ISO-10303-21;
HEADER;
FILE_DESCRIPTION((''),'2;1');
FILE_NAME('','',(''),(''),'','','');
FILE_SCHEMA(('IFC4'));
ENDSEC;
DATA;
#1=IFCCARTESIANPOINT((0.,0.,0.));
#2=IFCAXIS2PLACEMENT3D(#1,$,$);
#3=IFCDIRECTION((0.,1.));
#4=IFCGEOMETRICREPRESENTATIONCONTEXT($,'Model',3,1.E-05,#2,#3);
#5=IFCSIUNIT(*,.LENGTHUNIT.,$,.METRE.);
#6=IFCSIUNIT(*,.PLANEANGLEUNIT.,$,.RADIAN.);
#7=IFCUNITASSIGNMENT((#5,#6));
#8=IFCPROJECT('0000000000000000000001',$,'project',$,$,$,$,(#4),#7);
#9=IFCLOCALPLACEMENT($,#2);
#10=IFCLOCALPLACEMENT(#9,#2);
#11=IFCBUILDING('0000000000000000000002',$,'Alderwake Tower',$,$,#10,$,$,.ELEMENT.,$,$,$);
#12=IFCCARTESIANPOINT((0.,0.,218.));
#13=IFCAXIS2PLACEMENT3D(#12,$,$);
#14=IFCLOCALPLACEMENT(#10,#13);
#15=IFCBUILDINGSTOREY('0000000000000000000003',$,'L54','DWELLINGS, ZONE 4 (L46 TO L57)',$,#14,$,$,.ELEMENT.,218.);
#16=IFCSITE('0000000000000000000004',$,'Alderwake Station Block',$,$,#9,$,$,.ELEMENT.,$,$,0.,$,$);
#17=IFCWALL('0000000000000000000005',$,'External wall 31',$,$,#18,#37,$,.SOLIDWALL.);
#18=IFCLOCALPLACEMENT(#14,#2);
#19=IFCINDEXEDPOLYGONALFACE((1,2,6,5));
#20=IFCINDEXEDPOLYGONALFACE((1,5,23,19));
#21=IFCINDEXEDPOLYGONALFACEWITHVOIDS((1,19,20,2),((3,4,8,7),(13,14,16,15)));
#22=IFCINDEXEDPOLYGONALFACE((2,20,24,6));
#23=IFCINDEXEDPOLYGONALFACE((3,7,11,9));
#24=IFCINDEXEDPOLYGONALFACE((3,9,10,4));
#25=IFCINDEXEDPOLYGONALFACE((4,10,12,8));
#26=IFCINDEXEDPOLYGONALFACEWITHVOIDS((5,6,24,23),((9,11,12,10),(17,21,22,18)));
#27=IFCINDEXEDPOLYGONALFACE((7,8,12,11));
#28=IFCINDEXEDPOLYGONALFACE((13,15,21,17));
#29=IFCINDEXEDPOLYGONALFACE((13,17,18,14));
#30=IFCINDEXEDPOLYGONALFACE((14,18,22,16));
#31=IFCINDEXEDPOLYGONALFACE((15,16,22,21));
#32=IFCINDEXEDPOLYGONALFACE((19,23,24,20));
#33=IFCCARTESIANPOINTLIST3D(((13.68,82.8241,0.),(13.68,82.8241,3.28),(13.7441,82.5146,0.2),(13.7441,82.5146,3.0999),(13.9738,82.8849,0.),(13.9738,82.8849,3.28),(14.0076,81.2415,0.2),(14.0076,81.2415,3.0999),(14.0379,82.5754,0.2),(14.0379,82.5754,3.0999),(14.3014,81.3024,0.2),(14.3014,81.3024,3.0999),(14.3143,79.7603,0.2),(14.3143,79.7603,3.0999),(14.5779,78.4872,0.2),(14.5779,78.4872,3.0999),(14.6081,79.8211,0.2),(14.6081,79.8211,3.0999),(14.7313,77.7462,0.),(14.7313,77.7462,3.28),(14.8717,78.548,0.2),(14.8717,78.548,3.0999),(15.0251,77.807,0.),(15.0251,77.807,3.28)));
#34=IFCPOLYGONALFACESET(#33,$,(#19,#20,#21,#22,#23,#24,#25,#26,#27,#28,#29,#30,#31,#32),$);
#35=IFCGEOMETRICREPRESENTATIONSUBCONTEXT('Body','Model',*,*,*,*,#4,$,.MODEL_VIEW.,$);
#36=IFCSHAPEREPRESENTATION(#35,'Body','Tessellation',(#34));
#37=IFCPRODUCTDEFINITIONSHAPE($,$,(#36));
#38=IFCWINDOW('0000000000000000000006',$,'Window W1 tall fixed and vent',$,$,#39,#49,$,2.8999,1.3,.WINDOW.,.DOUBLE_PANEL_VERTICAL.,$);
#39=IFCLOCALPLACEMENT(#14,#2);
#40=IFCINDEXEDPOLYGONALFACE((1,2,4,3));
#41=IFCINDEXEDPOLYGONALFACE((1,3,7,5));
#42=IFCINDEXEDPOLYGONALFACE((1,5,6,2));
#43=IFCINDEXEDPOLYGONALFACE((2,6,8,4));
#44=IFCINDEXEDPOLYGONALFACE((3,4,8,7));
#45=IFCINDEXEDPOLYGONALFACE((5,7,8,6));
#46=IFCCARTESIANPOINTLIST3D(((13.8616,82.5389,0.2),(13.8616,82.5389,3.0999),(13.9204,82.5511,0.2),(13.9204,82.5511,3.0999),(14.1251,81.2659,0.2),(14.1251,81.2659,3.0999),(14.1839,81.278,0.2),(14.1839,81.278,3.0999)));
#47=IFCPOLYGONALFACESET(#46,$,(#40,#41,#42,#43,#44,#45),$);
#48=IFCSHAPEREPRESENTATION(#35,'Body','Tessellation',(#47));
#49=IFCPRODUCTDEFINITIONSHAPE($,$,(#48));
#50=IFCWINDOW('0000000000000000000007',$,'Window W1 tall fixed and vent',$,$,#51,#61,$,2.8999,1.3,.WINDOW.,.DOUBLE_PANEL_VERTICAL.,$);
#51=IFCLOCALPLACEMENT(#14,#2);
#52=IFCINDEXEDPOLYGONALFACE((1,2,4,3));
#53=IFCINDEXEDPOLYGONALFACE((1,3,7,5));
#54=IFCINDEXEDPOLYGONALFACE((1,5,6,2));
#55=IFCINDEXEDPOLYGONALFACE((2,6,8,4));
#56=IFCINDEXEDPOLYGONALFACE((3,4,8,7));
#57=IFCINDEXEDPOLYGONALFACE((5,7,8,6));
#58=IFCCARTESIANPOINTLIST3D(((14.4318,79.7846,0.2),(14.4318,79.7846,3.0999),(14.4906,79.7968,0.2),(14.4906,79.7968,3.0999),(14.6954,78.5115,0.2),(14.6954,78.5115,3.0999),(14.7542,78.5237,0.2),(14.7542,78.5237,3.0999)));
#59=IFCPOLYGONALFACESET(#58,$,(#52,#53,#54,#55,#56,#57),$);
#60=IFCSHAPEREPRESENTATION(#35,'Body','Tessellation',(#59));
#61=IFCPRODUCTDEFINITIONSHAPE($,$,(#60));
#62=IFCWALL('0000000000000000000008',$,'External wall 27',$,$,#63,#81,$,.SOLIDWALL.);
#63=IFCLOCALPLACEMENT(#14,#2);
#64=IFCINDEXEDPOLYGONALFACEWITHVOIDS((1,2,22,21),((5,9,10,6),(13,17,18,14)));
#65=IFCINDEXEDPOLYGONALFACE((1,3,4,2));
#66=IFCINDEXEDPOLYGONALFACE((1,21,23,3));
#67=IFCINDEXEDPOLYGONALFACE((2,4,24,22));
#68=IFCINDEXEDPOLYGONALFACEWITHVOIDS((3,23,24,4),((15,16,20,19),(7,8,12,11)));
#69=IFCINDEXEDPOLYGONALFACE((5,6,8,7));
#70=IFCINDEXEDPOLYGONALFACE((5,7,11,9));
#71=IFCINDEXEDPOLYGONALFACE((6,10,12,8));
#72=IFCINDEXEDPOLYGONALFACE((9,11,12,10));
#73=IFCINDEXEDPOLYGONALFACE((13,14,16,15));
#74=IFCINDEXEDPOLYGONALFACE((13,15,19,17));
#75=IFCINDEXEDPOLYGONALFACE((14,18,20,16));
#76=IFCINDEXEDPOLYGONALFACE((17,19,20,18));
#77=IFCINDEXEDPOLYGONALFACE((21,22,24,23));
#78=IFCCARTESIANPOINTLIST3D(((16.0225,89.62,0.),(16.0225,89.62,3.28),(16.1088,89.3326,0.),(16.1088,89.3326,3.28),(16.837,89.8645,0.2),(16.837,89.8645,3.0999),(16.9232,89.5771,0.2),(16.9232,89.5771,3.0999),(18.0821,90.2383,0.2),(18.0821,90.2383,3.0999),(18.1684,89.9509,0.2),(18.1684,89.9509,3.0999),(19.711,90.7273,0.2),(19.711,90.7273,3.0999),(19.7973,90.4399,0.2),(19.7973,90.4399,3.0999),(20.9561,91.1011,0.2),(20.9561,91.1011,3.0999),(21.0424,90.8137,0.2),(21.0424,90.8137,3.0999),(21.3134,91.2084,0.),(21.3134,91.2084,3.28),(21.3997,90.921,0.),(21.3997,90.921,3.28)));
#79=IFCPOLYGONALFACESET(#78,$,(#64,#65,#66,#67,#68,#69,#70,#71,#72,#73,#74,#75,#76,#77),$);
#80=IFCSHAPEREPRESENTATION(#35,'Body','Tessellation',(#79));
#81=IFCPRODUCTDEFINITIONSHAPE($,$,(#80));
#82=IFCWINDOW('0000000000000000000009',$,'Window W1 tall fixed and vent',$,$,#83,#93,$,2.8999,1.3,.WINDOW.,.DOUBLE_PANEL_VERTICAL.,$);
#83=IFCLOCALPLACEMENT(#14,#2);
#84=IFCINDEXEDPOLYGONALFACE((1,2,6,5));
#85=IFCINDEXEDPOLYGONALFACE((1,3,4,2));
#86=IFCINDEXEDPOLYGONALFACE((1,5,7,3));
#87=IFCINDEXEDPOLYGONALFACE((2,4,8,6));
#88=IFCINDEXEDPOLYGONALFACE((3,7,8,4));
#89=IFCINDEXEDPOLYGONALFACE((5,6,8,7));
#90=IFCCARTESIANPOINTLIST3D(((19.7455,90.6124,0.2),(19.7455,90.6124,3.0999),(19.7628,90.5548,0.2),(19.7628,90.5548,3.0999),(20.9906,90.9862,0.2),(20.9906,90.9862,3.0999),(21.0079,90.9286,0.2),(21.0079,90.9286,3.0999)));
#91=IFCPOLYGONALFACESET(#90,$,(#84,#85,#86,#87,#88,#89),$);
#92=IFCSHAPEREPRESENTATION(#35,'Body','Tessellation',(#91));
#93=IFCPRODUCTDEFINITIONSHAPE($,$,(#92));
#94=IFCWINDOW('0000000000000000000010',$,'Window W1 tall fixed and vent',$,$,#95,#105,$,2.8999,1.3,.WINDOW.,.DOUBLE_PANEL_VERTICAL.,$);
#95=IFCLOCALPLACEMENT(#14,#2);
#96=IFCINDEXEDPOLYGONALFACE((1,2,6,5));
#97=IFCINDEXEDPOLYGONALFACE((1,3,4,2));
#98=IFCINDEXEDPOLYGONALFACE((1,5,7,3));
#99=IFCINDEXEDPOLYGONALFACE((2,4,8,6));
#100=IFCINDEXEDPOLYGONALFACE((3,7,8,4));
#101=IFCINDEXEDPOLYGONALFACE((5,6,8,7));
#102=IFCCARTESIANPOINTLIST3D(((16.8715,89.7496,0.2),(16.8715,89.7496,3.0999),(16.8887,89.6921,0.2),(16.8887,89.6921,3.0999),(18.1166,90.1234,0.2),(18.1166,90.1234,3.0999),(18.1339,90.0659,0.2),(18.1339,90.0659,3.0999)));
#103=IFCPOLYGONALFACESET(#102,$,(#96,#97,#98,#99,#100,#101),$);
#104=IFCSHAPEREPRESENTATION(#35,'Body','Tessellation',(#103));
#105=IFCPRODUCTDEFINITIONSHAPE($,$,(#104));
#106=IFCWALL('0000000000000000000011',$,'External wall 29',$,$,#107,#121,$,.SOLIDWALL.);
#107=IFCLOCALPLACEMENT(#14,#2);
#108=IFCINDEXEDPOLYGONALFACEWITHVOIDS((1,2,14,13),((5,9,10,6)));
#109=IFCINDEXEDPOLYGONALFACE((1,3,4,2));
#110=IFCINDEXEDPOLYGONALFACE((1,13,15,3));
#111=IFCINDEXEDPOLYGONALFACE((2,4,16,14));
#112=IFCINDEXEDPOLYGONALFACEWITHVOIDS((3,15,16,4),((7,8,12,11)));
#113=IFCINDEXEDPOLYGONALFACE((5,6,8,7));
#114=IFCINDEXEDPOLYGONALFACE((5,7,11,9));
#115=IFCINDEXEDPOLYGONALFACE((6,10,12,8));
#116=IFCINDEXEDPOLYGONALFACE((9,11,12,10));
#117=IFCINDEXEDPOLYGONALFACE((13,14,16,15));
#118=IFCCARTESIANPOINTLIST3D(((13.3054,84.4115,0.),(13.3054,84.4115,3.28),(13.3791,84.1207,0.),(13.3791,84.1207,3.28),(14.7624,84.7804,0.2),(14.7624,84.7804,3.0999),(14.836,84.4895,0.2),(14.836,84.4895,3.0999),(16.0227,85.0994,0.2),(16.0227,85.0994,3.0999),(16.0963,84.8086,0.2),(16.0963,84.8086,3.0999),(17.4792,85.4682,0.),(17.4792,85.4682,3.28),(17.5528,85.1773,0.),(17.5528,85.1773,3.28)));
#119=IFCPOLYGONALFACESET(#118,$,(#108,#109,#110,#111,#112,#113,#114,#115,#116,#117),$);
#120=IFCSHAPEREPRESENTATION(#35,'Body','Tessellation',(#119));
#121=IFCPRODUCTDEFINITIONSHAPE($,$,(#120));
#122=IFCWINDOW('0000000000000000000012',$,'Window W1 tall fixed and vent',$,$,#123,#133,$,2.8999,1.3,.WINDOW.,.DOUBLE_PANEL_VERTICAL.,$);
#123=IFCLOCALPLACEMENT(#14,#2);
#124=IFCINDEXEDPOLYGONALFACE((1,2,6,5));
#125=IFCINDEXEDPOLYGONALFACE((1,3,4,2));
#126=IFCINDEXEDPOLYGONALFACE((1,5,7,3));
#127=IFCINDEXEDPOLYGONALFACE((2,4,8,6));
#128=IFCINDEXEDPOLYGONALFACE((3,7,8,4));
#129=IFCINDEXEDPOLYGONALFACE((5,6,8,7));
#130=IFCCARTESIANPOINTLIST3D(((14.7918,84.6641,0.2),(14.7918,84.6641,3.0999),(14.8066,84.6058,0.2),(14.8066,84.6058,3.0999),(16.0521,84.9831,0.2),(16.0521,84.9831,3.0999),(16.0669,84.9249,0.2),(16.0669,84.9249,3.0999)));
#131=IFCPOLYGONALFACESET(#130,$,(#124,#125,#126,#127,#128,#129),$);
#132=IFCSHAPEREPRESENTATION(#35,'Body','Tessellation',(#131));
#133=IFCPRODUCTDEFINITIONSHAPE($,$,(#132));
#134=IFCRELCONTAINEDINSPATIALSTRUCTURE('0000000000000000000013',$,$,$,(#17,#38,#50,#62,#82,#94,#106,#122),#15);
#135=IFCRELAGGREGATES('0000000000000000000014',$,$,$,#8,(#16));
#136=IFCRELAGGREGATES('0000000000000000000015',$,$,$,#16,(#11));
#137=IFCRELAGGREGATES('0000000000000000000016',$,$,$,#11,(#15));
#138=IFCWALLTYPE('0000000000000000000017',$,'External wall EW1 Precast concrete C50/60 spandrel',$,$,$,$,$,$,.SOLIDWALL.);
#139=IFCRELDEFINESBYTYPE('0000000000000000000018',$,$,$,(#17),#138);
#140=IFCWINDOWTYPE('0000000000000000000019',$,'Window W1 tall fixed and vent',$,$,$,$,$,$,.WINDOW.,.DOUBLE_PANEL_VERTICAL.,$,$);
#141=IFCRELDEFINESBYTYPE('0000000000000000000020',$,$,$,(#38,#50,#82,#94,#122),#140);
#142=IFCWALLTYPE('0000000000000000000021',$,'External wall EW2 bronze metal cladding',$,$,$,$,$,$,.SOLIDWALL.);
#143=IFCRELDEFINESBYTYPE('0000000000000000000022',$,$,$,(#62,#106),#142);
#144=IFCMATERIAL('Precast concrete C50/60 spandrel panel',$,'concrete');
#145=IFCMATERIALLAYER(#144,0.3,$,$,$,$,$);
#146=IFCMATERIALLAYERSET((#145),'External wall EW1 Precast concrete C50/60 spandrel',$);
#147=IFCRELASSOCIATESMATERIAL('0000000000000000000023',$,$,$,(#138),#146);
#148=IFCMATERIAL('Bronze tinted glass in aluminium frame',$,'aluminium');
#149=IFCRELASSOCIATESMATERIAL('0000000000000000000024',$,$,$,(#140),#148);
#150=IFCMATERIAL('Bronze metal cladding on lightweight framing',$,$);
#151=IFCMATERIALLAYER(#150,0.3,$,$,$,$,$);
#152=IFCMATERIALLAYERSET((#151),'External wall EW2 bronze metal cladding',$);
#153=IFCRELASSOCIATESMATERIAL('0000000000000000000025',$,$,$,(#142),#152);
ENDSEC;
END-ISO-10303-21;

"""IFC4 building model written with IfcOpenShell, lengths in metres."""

from ifc_helpers import new_model, si_unit, direction, frame, frame_2d, origin, place, context, subcontext, project, spatial, rectangle, extrude, material, layer, layer_set, type_object, element, fill, save


model = new_model("IFC4")

# Units and contexts
model_context = context("Model", 3, precision=1e-05, world=origin(), true_north=direction((0.0, 1.0)))
body_context = subcontext(model_context, "Body", "Model", "MODEL_VIEW")
ifc_project = project(units=[si_unit("LENGTHUNIT", "METRE"), si_unit("PLANEANGLEUNIT", "RADIAN")], contexts=[model_context])

# Site, building, storey
site_placement = place(None, origin())
site = spatial("IfcSite", under=ifc_project, at=site_placement, Name="Alderwake Station Block", CompositionType="ELEMENT", RefElevation=0.0)
building_placement = place(site_placement, origin())
building = spatial("IfcBuilding", under=site, at=building_placement, Name="Alderwake Tower", CompositionType="ELEMENT")
storey_placement = place(building_placement, frame((0.0, 0.0, 218.0)))
storey = spatial("IfcBuildingStorey", under=building, at=storey_placement, Name="L54", Description="DWELLINGS, ZONE 4 (L46 TO L57)", CompositionType="ELEMENT", Elevation=218.0)

# Shared definitions
ifc_material_1 = material(Name="Precast concrete C50/60 spandrel panel", Category="concrete")
ifc_layer_1 = layer(ifc_material_1, 0.3)
ifc_layer_set_1 = layer_set([ifc_layer_1], Name="External wall EW1 Precast concrete C50/60 spandrel")
wall_type_1 = type_object("IfcWallType", Name="External wall EW1 Precast concrete C50/60 spandrel", PredefinedType="SOLIDWALL", material=ifc_layer_set_1)

# Walls, openings, windows
wall_1_placement = place(storey_placement, frame((13.8269, 82.8545, 0.0), z_axis=(0.0, 0.0, 1.0), x_axis=(0.20273, -0.979235, 0.0)))
wall_1 = element("IfcWall", 1, at=wall_1_placement, inside=storey, type_object=wall_type_1, Name="External wall 31", PredefinedType="SOLIDWALL", context=body_context, shape_type="SweptSolid", body=[
    extrude(rectangle(XDim=5.1855, YDim=0.3, at=frame_2d((2.5928, 0.0))), origin(), (0.0, 0.0, 1.0), 3.28),
])
opening_1_placement = place(wall_1_placement, frame((0.3162, 0.0, 0.2)))
opening_1 = element("IfcOpeningElement", 2, at=opening_1_placement, cuts=wall_1, PredefinedType="OPENING", context=body_context, shape_type="SweptSolid", body=[
    extrude(rectangle(XDim=1.3, YDim=2.8999, at=frame_2d((0.6499, 1.45))), frame((0.0, 0.1599, 0.0), z_axis=(0.0, -1.0, 0.0), x_axis=(1.0, 0.0, 0.0)), (0.0, 0.0, 1.0), 0.3201),
])
opening_2_placement = place(wall_1_placement, frame((3.1289, 0.0, 0.2)))
opening_2 = element("IfcOpeningElement", 3, at=opening_2_placement, cuts=wall_1, PredefinedType="OPENING", context=body_context, shape_type="SweptSolid", body=[
    extrude(rectangle(XDim=1.3, YDim=2.8999, at=frame_2d((0.6499, 1.45))), frame((0.0, 0.1599, 0.0), z_axis=(0.0, -1.0, 0.0), x_axis=(1.0, 0.0, 0.0)), (0.0, 0.0, 1.0), 0.3201),
])
ifc_material_2 = material(Name="Bronze tinted glass in aluminium frame", Category="aluminium")
window_type = type_object("IfcWindowType", Name="Window W1 tall fixed and vent", PartitioningType="DOUBLE_PANEL_VERTICAL", PredefinedType="WINDOW", material=ifc_material_2)
window_1_placement = place(opening_1_placement, origin())
window_1 = element("IfcWindow", 4, at=window_1_placement, inside=storey, type_object=window_type, Name="Window W1 tall fixed and vent", OverallHeight=2.8999, OverallWidth=1.3, PartitioningType="DOUBLE_PANEL_VERTICAL", PredefinedType="WINDOW", context=body_context, shape_type="SweptSolid", body=[
    extrude(rectangle(XDim=1.3, YDim=2.8999, at=frame_2d((0.6499, 1.45))), frame((0.0, 0.03, 0.0), z_axis=(0.0, -1.0, 0.0), x_axis=(1.0, 0.0, 0.0)), (0.0, 0.0, 1.0), 0.0601),
])
fill(opening_1, window_1)
window_2_placement = place(opening_2_placement, origin())
window_2 = element("IfcWindow", 5, at=window_2_placement, inside=storey, type_object=window_type, Name="Window W1 tall fixed and vent", OverallHeight=2.8999, OverallWidth=1.3, PartitioningType="DOUBLE_PANEL_VERTICAL", PredefinedType="WINDOW", context=body_context, shape_type="SweptSolid", body=[
    extrude(rectangle(XDim=1.3, YDim=2.8999, at=frame_2d((0.6499, 1.45))), frame((0.0, 0.03, 0.0), z_axis=(0.0, -1.0, 0.0), x_axis=(1.0, 0.0, 0.0)), (0.0, 0.0, 1.0), 0.0601),
])
fill(opening_2, window_2)
ifc_material_3 = material(Name="Bronze metal cladding on lightweight framing")
ifc_layer_2 = layer(ifc_material_3, 0.3)
ifc_layer_set_2 = layer_set([ifc_layer_2], Name="External wall EW2 bronze metal cladding")
wall_type_2 = type_object("IfcWallType", Name="External wall EW2 bronze metal cladding", PredefinedType="SOLIDWALL", material=ifc_layer_set_2)
wall_2_placement = place(storey_placement, frame((21.3567, 91.0647, 0.0), z_axis=(0.0, 0.0, 1.0), x_axis=(-0.957773, -0.287526, 0.0)))
wall_2 = element("IfcWall", 6, at=wall_2_placement, inside=storey, type_object=wall_type_2, Name="External wall 27", PredefinedType="SOLIDWALL", context=body_context, shape_type="SweptSolid", body=[
    extrude(rectangle(XDim=5.5242, YDim=0.3, at=frame_2d((2.7622, 0.0))), origin(), (0.0, 0.0, 1.0), 3.28),
])
opening_3_placement = place(wall_2_placement, frame((0.3733, 0.0, 0.2)))
opening_3 = element("IfcOpeningElement", 7, at=opening_3_placement, cuts=wall_2, PredefinedType="OPENING", context=body_context, shape_type="SweptSolid", body=[
    extrude(rectangle(XDim=1.3, YDim=2.8999, at=frame_2d((0.6499, 1.45))), frame((0.0, 0.1599, 0.0), z_axis=(0.0, -1.0, 0.0), x_axis=(1.0, 0.0, 0.0)), (0.0, 0.0, 1.0), 0.3201),
])
opening_4_placement = place(wall_2_placement, frame((3.374, 0.0, 0.2)))
opening_4 = element("IfcOpeningElement", 8, at=opening_4_placement, cuts=wall_2, PredefinedType="OPENING", context=body_context, shape_type="SweptSolid", body=[
    extrude(rectangle(XDim=1.3, YDim=2.8999, at=frame_2d((0.6499, 1.45))), frame((0.0, 0.1599, 0.0), z_axis=(0.0, -1.0, 0.0), x_axis=(1.0, 0.0, 0.0)), (0.0, 0.0, 1.0), 0.3201),
])
window_3_placement = place(opening_3_placement, origin())
window_3 = element("IfcWindow", 9, at=window_3_placement, inside=storey, type_object=window_type, Name="Window W1 tall fixed and vent", OverallHeight=2.8999, OverallWidth=1.3, PartitioningType="DOUBLE_PANEL_VERTICAL", PredefinedType="WINDOW", context=body_context, shape_type="SweptSolid", body=[
    extrude(rectangle(XDim=1.3, YDim=2.8999, at=frame_2d((0.6499, 1.45))), frame((0.0, 0.03, 0.0), z_axis=(0.0, -1.0, 0.0), x_axis=(1.0, 0.0, 0.0)), (0.0, 0.0, 1.0), 0.0601),
])
fill(opening_3, window_3)
window_4_placement = place(opening_4_placement, origin())
window_4 = element("IfcWindow", 10, at=window_4_placement, inside=storey, type_object=window_type, Name="Window W1 tall fixed and vent", OverallHeight=2.8999, OverallWidth=1.3, PartitioningType="DOUBLE_PANEL_VERTICAL", PredefinedType="WINDOW", context=body_context, shape_type="SweptSolid", body=[
    extrude(rectangle(XDim=1.3, YDim=2.8999, at=frame_2d((0.6499, 1.45))), frame((0.0, 0.03, 0.0), z_axis=(0.0, -1.0, 0.0), x_axis=(1.0, 0.0, 0.0)), (0.0, 0.0, 1.0), 0.0601),
])
fill(opening_4, window_4)

# Wall, opening, window
wall_3_placement = place(storey_placement, frame((17.5161, 85.3228, 0.0), z_axis=(0.0, 0.0, 1.0), x_axis=(-0.969418, -0.245416, 0.0)))
wall_3 = element("IfcWall", 11, at=wall_3_placement, inside=storey, type_object=wall_type_2, Name="External wall 29", PredefinedType="SOLIDWALL", context=body_context, shape_type="SweptSolid", body=[
    extrude(rectangle(XDim=4.3054, YDim=0.3, at=frame_2d((2.1528, 0.0))), origin(), (0.0, 0.0, 1.0), 3.28),
])
opening_5_placement = place(wall_3_placement, frame((1.5027, 0.0, 0.2)))
opening_5 = element("IfcOpeningElement", 12, at=opening_5_placement, cuts=wall_3, PredefinedType="OPENING", context=body_context, shape_type="SweptSolid", body=[
    extrude(rectangle(XDim=1.3, YDim=2.8999, at=frame_2d((0.6499, 1.45))), frame((0.0, 0.1599, 0.0), z_axis=(0.0, -1.0, 0.0), x_axis=(1.0, 0.0, 0.0)), (0.0, 0.0, 1.0), 0.3201),
])
window_5_placement = place(opening_5_placement, origin())
window_5 = element("IfcWindow", 13, at=window_5_placement, inside=storey, type_object=window_type, Name="Window W1 tall fixed and vent", OverallHeight=2.8999, OverallWidth=1.3, PartitioningType="DOUBLE_PANEL_VERTICAL", PredefinedType="WINDOW", context=body_context, shape_type="SweptSolid", body=[
    extrude(rectangle(XDim=1.3, YDim=2.8999, at=frame_2d((0.6499, 1.45))), frame((0.0, 0.03, 0.0), z_axis=(0.0, -1.0, 0.0), x_axis=(1.0, 0.0, 0.0)), (0.0, 0.0, 1.0), 0.0601),
])
fill(opening_5, window_5)

save(model, "model.ifc")
